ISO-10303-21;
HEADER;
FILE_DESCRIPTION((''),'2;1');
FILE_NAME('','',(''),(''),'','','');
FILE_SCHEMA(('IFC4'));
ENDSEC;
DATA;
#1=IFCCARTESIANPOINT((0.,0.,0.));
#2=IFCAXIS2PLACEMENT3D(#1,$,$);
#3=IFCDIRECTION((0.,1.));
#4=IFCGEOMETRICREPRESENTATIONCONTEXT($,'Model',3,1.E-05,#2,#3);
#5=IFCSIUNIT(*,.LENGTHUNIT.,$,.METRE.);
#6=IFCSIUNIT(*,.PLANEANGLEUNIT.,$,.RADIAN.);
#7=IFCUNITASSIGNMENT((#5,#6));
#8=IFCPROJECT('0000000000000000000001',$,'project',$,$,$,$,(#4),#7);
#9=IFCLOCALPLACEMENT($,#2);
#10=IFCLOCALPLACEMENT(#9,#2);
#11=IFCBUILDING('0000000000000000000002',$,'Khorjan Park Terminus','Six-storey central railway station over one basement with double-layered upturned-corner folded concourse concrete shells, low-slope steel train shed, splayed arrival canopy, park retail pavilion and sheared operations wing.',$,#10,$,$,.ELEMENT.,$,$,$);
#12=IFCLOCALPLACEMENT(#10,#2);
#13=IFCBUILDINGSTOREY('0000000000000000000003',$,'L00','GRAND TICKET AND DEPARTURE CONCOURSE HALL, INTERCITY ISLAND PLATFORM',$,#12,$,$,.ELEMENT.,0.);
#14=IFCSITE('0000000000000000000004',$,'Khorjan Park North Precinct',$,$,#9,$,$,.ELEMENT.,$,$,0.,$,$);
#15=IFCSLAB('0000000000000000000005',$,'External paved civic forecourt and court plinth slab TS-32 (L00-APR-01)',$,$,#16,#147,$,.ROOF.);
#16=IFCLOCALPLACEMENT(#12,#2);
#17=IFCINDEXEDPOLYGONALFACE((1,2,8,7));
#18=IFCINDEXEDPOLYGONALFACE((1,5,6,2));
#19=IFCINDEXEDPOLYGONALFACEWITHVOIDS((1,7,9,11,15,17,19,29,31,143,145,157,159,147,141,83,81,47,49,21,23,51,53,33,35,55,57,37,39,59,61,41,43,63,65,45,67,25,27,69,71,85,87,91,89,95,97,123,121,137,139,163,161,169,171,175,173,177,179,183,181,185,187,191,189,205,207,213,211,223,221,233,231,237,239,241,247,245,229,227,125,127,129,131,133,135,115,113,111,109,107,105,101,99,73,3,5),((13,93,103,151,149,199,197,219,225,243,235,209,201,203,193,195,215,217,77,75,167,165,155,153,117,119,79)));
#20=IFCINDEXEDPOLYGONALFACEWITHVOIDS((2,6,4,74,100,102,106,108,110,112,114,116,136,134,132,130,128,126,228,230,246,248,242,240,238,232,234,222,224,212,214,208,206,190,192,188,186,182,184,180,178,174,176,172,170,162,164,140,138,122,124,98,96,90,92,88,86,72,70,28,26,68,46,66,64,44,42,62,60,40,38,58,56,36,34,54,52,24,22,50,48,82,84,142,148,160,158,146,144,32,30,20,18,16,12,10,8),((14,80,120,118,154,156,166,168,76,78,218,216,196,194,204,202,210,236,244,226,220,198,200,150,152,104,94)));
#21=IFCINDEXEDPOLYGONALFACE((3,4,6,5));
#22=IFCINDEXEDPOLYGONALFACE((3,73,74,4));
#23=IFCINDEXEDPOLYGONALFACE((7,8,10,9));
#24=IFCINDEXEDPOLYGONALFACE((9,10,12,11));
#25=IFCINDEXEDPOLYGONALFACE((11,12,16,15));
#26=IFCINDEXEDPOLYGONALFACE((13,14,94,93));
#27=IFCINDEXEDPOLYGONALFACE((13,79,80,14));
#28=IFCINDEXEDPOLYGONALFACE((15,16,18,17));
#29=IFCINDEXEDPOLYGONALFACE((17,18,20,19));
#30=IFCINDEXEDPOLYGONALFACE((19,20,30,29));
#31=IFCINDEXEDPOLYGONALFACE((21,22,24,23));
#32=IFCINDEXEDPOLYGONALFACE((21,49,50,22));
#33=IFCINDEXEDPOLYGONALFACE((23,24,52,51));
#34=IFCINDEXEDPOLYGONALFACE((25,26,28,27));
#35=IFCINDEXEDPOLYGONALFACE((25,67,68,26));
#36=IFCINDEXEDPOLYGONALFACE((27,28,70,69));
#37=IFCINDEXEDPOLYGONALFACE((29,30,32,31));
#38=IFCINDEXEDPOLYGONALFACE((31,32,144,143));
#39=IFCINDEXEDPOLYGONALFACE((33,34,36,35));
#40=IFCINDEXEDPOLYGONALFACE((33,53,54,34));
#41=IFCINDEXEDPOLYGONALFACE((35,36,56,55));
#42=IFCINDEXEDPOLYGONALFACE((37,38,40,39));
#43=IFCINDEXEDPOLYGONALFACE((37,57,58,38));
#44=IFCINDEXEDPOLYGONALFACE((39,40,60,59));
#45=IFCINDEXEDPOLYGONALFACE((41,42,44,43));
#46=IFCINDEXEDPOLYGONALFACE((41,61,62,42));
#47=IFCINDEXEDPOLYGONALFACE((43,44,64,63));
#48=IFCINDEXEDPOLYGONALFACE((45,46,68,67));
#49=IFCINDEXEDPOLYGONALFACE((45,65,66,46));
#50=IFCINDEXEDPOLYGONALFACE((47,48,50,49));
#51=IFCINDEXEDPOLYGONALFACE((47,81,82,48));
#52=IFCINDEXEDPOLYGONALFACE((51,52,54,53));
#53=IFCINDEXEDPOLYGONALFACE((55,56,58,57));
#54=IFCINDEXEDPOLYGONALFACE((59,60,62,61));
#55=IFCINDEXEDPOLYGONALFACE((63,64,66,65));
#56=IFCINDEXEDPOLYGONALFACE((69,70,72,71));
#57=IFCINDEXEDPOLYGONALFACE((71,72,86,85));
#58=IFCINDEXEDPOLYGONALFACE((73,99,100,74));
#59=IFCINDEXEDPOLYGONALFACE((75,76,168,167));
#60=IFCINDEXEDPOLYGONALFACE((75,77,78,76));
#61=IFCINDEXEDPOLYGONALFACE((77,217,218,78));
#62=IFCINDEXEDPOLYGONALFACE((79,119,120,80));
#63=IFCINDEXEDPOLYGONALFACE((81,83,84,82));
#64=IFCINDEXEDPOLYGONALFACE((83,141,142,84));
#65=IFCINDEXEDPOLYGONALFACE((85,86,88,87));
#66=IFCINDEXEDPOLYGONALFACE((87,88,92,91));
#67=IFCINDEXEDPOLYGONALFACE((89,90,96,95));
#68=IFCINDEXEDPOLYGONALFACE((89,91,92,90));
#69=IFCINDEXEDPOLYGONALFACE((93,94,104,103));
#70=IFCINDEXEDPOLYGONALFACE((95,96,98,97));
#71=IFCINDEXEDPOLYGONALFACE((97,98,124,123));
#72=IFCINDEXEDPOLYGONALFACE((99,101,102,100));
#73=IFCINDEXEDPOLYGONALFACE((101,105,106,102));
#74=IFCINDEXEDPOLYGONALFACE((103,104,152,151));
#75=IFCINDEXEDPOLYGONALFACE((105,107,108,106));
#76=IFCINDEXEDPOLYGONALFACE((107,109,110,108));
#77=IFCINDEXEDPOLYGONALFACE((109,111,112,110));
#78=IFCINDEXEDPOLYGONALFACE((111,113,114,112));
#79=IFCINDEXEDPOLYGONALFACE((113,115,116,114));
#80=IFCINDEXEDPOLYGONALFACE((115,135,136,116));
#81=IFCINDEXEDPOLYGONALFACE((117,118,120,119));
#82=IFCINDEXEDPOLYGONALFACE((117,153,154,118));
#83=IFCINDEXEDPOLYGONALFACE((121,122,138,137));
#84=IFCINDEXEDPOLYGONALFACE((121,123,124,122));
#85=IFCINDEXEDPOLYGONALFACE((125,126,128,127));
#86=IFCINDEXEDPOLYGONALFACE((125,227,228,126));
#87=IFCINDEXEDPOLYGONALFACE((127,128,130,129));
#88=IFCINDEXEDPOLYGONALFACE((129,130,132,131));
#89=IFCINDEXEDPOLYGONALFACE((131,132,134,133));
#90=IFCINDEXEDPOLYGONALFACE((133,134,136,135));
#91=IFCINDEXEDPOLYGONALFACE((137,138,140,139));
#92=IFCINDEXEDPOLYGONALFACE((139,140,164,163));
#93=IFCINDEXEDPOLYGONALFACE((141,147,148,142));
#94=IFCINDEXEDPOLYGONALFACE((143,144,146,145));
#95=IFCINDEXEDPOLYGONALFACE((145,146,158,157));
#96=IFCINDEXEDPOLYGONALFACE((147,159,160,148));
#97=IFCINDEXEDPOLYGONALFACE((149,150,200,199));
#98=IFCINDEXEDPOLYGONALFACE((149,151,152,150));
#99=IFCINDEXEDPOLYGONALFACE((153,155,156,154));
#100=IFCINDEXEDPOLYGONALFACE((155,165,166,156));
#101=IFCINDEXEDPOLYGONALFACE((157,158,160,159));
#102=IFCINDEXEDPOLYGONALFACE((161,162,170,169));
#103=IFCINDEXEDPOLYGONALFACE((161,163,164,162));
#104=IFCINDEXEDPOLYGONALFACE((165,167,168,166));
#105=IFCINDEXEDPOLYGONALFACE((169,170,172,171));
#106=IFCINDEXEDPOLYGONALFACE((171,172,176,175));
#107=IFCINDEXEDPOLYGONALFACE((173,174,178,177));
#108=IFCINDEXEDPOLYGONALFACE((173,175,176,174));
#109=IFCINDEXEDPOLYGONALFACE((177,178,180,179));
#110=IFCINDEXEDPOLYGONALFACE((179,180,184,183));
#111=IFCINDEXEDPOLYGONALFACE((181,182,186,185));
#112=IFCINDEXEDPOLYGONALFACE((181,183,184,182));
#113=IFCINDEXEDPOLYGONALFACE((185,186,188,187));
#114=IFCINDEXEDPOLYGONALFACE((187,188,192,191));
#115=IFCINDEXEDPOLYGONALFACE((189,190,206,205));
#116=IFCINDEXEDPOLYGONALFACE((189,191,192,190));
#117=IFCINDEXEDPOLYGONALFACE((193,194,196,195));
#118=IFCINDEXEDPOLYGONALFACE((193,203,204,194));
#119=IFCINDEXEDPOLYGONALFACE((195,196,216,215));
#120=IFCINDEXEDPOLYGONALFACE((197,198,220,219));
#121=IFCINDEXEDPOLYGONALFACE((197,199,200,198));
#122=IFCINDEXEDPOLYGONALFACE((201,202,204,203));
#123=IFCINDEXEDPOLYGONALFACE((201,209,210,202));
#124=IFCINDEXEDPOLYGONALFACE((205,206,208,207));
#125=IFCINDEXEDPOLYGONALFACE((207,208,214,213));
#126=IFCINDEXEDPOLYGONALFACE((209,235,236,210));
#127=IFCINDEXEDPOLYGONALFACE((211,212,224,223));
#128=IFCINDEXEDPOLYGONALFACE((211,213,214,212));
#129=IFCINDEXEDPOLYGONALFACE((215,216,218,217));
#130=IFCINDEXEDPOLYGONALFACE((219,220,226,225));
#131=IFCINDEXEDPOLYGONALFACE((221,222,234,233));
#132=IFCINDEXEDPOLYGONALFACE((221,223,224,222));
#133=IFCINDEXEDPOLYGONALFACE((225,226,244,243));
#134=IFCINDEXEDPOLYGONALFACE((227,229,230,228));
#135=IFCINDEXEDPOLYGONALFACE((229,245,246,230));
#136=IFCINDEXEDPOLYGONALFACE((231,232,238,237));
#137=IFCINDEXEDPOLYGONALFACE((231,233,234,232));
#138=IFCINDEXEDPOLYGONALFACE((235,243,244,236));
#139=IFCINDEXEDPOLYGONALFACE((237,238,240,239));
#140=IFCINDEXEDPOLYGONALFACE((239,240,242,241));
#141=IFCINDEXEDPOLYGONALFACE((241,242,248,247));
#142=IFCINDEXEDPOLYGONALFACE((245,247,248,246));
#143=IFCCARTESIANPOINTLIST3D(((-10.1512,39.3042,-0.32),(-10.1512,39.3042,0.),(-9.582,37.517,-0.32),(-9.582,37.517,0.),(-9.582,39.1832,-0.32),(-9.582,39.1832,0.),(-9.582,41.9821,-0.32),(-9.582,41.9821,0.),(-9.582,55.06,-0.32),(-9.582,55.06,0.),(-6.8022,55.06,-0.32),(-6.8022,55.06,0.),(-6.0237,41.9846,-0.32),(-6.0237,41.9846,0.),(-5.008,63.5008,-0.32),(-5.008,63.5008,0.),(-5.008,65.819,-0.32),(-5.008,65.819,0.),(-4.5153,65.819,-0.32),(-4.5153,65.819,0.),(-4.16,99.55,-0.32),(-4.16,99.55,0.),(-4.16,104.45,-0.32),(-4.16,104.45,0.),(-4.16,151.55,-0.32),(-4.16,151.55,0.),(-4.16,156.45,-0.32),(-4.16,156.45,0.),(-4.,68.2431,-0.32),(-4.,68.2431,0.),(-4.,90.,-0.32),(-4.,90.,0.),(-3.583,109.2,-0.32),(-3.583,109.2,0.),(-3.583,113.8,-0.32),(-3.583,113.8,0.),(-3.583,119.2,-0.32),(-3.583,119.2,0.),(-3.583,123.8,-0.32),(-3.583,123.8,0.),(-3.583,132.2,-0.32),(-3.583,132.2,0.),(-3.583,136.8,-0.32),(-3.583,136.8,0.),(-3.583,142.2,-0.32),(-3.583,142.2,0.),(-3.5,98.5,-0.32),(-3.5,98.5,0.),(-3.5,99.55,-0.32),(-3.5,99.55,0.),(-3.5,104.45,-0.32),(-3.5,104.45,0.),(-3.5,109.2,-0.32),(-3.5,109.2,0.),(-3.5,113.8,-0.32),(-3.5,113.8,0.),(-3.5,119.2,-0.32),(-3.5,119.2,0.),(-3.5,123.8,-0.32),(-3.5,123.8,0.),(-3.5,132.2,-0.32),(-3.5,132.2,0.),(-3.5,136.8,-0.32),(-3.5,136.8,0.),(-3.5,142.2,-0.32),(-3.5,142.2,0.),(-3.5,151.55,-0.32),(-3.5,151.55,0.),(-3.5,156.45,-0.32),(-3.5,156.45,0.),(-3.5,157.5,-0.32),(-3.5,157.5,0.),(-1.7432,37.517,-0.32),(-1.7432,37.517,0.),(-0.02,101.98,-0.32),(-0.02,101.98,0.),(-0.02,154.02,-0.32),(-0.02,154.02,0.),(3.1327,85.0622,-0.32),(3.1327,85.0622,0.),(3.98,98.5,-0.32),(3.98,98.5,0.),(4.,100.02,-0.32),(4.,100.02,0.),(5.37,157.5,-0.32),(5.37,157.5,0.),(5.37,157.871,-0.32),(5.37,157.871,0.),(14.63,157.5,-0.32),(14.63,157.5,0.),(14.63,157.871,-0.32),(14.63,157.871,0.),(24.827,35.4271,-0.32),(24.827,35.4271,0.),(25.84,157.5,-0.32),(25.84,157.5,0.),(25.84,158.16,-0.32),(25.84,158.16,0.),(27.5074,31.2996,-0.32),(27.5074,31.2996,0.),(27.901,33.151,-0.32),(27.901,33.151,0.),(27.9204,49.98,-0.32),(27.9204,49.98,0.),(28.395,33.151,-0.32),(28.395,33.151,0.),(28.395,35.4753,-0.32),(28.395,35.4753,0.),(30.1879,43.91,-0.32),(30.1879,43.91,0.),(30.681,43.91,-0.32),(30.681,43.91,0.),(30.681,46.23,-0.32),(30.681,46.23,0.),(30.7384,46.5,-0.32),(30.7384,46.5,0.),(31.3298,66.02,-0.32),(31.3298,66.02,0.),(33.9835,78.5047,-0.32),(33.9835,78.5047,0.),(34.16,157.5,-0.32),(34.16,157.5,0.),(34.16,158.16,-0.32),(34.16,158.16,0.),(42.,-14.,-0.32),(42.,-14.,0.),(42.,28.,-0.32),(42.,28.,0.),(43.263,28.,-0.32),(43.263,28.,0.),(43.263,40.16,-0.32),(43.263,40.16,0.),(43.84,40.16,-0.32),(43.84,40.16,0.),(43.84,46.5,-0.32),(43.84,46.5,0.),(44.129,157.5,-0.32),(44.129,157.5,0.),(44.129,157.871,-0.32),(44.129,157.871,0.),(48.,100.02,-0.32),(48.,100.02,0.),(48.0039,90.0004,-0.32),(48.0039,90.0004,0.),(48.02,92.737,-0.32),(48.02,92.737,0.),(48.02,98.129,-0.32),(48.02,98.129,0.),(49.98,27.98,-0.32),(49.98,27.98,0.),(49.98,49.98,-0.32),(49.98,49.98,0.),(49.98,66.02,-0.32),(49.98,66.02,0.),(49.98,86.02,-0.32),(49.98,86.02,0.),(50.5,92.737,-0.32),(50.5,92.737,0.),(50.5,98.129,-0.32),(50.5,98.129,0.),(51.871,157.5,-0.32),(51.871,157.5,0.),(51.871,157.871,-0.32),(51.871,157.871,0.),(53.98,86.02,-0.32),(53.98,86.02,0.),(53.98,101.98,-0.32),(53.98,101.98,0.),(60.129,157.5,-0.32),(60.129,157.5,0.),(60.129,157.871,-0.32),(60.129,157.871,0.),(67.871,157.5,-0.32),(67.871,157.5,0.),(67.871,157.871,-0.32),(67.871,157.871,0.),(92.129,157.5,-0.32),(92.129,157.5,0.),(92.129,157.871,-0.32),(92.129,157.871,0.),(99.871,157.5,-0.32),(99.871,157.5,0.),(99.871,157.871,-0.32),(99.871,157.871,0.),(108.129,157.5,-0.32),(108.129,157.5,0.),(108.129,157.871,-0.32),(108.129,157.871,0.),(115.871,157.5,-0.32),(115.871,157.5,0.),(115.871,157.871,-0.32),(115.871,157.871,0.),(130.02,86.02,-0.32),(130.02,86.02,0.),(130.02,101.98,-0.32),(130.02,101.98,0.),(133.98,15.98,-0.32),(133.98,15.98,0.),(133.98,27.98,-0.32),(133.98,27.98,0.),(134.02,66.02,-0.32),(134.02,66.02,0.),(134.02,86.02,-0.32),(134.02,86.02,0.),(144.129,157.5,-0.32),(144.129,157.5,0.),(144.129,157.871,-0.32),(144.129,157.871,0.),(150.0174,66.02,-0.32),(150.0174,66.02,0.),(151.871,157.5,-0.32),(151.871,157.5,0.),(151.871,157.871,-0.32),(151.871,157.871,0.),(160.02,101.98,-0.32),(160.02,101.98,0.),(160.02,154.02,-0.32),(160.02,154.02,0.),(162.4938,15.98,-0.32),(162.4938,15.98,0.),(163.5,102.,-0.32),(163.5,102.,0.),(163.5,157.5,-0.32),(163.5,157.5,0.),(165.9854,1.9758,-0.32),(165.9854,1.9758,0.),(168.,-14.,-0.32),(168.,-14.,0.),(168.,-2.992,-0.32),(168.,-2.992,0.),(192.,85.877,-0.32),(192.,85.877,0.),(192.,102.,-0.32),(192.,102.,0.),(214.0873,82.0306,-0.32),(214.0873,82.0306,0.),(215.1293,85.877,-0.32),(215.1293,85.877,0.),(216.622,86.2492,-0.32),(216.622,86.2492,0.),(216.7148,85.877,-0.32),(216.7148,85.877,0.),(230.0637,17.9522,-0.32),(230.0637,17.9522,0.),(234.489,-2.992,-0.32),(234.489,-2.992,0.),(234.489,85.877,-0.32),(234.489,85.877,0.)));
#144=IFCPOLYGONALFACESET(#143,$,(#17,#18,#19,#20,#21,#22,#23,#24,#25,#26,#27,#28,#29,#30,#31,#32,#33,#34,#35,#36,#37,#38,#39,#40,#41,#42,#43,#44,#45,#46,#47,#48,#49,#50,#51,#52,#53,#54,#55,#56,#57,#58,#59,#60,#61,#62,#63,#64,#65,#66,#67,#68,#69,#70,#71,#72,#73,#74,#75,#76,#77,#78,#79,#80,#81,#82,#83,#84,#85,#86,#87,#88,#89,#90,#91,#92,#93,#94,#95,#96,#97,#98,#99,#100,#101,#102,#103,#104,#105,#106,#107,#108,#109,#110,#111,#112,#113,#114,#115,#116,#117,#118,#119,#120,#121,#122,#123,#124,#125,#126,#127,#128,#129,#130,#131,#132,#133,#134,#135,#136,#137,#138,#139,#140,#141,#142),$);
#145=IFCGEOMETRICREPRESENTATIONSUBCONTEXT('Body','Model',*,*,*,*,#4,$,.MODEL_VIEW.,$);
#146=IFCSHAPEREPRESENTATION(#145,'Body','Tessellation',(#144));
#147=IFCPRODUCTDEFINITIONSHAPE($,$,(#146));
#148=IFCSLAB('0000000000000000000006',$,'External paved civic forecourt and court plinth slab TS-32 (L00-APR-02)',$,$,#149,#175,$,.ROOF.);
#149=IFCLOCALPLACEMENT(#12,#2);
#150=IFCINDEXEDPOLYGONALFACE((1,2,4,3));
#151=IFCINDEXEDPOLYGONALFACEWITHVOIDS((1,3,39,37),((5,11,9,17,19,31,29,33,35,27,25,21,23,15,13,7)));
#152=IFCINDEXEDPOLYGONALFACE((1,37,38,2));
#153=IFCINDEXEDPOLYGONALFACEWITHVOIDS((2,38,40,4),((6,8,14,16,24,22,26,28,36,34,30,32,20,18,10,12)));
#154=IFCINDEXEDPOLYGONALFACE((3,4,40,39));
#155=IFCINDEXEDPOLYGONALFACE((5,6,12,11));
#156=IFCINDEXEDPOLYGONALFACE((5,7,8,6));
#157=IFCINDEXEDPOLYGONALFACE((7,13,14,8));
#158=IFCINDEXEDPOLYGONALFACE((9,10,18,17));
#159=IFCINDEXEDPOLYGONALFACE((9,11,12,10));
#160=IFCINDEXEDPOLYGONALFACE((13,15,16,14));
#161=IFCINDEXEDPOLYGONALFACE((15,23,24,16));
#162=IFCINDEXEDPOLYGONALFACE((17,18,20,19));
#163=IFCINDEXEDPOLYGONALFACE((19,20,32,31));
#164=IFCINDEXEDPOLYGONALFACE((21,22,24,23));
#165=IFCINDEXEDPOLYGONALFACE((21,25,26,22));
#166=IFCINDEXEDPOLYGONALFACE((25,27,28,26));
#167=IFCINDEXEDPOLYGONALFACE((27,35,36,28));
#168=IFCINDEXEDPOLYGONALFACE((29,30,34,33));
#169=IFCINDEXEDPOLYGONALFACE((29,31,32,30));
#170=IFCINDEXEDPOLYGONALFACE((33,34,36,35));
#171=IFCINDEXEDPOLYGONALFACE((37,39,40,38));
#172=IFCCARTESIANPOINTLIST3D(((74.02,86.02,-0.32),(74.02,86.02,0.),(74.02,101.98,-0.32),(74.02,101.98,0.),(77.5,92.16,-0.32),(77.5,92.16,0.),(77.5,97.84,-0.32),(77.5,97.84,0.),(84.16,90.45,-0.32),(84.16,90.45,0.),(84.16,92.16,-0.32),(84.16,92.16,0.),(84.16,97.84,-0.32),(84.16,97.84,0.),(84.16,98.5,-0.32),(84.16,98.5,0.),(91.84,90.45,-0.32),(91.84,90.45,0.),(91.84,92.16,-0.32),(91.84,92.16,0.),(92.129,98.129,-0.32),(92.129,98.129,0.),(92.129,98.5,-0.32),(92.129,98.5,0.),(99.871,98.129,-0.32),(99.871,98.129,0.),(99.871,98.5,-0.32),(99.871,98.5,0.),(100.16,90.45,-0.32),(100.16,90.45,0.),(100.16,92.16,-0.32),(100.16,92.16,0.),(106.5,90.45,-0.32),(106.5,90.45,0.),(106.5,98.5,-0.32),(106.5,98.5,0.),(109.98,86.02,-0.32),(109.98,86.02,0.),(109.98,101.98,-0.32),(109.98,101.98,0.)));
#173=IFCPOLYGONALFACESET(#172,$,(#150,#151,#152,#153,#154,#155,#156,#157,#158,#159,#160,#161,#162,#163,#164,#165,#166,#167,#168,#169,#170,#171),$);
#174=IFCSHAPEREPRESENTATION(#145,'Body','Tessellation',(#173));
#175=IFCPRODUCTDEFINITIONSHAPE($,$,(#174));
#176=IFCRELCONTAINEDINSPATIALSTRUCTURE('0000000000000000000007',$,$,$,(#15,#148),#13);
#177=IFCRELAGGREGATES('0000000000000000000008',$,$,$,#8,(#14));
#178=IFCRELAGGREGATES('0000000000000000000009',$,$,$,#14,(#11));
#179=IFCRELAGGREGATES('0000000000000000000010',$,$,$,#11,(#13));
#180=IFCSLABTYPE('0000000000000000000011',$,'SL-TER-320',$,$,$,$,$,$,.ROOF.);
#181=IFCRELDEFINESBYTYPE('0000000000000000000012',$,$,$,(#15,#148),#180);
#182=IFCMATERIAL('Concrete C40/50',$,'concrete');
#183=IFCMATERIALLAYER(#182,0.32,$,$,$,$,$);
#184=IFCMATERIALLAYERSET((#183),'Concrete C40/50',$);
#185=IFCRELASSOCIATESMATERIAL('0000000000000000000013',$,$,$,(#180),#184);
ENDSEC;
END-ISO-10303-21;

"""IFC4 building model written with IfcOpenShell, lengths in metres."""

from ifc_helpers import new_model, si_unit, direction, frame, origin, place, context, subcontext, project, spatial, polyline, outline, extrude, material, layer, layer_set, type_object, element, save


model = new_model("IFC4")

# Units and contexts
model_context = context("Model", 3, precision=1e-05, world=origin(), true_north=direction((0.0, 1.0)))
body_context = subcontext(model_context, "Body", "Model", "MODEL_VIEW")
ifc_project = project(units=[si_unit("LENGTHUNIT", "METRE"), si_unit("PLANEANGLEUNIT", "RADIAN")], contexts=[model_context])

# Site, building, storey
site_placement = place(None, origin())
site = spatial("IfcSite", under=ifc_project, at=site_placement, Name="Khorjan Park North Precinct", CompositionType="ELEMENT", RefElevation=0.0)
building_placement = place(site_placement, origin())
building = spatial("IfcBuilding", under=site, at=building_placement, Name="Khorjan Park Terminus", Description="Six-storey central railway station over one basement with double-layered upturned-corner folded concourse concrete shells, low-slope steel train shed, splayed arrival canopy, park retail pavilion and sheared operations wing.", CompositionType="ELEMENT")
storey_placement = place(building_placement, origin())
storey = spatial("IfcBuildingStorey", under=building, at=storey_placement, Name="L00", Description="GRAND TICKET AND DEPARTURE CONCOURSE HALL, INTERCITY ISLAND PLATFORM", CompositionType="ELEMENT", Elevation=0.0)

# Shared definitions
ifc_material_1 = material(Name="Concrete C40/50", Category="concrete")

# Slabs
ifc_layer_1 = layer(ifc_material_1, 0.32)
ifc_layer_set_1 = layer_set([ifc_layer_1], Name="Concrete C40/50")
slab_type_1 = type_object("IfcSlabType", Name="SL-TER-320", PredefinedType="ROOF", material=ifc_layer_set_1)
slab_1_placement = place(storey_placement, frame((0.0, 0.0, -0.32)))
element("IfcSlab", 1, at=slab_1_placement, inside=storey, type_object=slab_type_1, Name="External paved civic forecourt and court plinth slab TS-32 (L00-APR-01)", PredefinedType="ROOF", context=body_context, shape_type="SweptSolid", body=[
    extrude(outline(polyline([(27.5074, 31.2996), (-1.7432, 37.517), (-9.582, 37.517), (-9.582, 39.1832), (-10.1512, 39.3042), (-9.582, 41.9821), (-9.582, 55.06), (-6.8022, 55.06), (-5.008, 63.5008), (-5.008, 65.819), (-4.5153, 65.819), (-4.0, 68.2431), (-4.0, 90.0), (48.0039, 90.0004), (48.02, 92.737), (50.5, 92.737), (50.5, 98.129), (48.02, 98.129), (48.0, 100.02), (4.0, 100.02), (3.98, 98.5), (-3.5, 98.5), (-3.5, 99.55), (-4.16, 99.55), (-4.16, 104.45), (-3.5, 104.45), (-3.5, 109.2), (-3.583, 109.2), (-3.583, 113.8), (-3.5, 113.8), (-3.5, 119.2), (-3.583, 119.2), (-3.583, 123.8), (-3.5, 123.8), (-3.5, 132.2), (-3.583, 132.2), (-3.583, 136.8), (-3.5, 136.8), (-3.5, 142.2), (-3.583, 142.2), (-3.5, 151.55), (-4.16, 151.55), (-4.16, 156.45), (-3.5, 156.45), (-3.5, 157.5), (5.37, 157.5), (5.37, 157.871), (14.63, 157.871), (14.63, 157.5), (25.84, 157.5), (25.84, 158.16), (34.16, 158.16), (34.16, 157.5), (44.129, 157.5), (44.129, 157.871), (51.871, 157.871), (51.871, 157.5), (60.129, 157.5), (60.129, 157.871), (67.871, 157.871), (67.871, 157.5), (92.129, 157.5), (92.129, 157.871), (99.871, 157.871), (99.871, 157.5), (108.129, 157.5), (108.129, 157.871), (115.871, 157.871), (115.871, 157.5), (144.129, 157.5), (144.129, 157.871), (151.871, 157.871), (151.871, 157.5), (163.5, 157.5), (163.5, 102.0), (192.0, 102.0), (192.0, 85.877), (215.1293, 85.877), (216.622, 86.2492), (216.7148, 85.877), (234.489, 85.877), (234.489, -2.992), (168.0, -2.992), (168.0, -14.0), (42.0, -14.0), (42.0, 28.0), (43.263, 28.0), (43.263, 40.16), (43.84, 40.16), (43.84, 46.5), (30.7384, 46.5), (30.681, 46.23), (30.681, 43.91), (30.1879, 43.91), (28.395, 35.4753), (28.395, 33.151), (27.901, 33.151), (27.5074, 31.2996)]), holes=[polyline([(-6.0237, 41.9846), (24.827, 35.4271), (27.9204, 49.98), (49.98, 49.98), (49.98, 27.98), (133.98, 27.98), (133.98, 15.98), (162.4938, 15.98), (165.9854, 1.9758), (230.0637, 17.9522), (214.0873, 82.0306), (150.0174, 66.02), (134.02, 66.02), (134.02, 86.02), (130.02, 86.02), (130.02, 101.98), (160.02, 101.98), (160.02, 154.02), (-0.02, 154.02), (-0.02, 101.98), (53.98, 101.98), (53.98, 86.02), (49.98, 86.02), (49.98, 66.02), (31.3298, 66.02), (33.9835, 78.5047), (3.1327, 85.0622), (-6.0237, 41.9846)])]), origin(), (0.0, 0.0, 1.0), 0.32),
])
slab_2_placement = place(storey_placement, frame((0.0, 0.0, -0.32)))
element("IfcSlab", 2, at=slab_2_placement, inside=storey, type_object=slab_type_1, Name="External paved civic forecourt and court plinth slab TS-32 (L00-APR-02)", PredefinedType="ROOF", context=body_context, shape_type="SweptSolid", body=[
    extrude(outline(polyline([(109.98, 101.98), (109.98, 86.02), (74.02, 86.02), (74.02, 101.98), (109.98, 101.98)]), holes=[polyline([(84.16, 92.16), (84.16, 90.45), (91.84, 90.45), (91.84, 92.16), (100.16, 92.16), (100.16, 90.45), (106.5, 90.45), (106.5, 98.5), (99.871, 98.5), (99.871, 98.129), (92.129, 98.129), (92.129, 98.5), (84.16, 98.5), (84.16, 97.84), (77.5, 97.84), (77.5, 92.16), (84.16, 92.16)])]), origin(), (0.0, 0.0, 1.0), 0.32),
])

save(model, "model.ifc")
